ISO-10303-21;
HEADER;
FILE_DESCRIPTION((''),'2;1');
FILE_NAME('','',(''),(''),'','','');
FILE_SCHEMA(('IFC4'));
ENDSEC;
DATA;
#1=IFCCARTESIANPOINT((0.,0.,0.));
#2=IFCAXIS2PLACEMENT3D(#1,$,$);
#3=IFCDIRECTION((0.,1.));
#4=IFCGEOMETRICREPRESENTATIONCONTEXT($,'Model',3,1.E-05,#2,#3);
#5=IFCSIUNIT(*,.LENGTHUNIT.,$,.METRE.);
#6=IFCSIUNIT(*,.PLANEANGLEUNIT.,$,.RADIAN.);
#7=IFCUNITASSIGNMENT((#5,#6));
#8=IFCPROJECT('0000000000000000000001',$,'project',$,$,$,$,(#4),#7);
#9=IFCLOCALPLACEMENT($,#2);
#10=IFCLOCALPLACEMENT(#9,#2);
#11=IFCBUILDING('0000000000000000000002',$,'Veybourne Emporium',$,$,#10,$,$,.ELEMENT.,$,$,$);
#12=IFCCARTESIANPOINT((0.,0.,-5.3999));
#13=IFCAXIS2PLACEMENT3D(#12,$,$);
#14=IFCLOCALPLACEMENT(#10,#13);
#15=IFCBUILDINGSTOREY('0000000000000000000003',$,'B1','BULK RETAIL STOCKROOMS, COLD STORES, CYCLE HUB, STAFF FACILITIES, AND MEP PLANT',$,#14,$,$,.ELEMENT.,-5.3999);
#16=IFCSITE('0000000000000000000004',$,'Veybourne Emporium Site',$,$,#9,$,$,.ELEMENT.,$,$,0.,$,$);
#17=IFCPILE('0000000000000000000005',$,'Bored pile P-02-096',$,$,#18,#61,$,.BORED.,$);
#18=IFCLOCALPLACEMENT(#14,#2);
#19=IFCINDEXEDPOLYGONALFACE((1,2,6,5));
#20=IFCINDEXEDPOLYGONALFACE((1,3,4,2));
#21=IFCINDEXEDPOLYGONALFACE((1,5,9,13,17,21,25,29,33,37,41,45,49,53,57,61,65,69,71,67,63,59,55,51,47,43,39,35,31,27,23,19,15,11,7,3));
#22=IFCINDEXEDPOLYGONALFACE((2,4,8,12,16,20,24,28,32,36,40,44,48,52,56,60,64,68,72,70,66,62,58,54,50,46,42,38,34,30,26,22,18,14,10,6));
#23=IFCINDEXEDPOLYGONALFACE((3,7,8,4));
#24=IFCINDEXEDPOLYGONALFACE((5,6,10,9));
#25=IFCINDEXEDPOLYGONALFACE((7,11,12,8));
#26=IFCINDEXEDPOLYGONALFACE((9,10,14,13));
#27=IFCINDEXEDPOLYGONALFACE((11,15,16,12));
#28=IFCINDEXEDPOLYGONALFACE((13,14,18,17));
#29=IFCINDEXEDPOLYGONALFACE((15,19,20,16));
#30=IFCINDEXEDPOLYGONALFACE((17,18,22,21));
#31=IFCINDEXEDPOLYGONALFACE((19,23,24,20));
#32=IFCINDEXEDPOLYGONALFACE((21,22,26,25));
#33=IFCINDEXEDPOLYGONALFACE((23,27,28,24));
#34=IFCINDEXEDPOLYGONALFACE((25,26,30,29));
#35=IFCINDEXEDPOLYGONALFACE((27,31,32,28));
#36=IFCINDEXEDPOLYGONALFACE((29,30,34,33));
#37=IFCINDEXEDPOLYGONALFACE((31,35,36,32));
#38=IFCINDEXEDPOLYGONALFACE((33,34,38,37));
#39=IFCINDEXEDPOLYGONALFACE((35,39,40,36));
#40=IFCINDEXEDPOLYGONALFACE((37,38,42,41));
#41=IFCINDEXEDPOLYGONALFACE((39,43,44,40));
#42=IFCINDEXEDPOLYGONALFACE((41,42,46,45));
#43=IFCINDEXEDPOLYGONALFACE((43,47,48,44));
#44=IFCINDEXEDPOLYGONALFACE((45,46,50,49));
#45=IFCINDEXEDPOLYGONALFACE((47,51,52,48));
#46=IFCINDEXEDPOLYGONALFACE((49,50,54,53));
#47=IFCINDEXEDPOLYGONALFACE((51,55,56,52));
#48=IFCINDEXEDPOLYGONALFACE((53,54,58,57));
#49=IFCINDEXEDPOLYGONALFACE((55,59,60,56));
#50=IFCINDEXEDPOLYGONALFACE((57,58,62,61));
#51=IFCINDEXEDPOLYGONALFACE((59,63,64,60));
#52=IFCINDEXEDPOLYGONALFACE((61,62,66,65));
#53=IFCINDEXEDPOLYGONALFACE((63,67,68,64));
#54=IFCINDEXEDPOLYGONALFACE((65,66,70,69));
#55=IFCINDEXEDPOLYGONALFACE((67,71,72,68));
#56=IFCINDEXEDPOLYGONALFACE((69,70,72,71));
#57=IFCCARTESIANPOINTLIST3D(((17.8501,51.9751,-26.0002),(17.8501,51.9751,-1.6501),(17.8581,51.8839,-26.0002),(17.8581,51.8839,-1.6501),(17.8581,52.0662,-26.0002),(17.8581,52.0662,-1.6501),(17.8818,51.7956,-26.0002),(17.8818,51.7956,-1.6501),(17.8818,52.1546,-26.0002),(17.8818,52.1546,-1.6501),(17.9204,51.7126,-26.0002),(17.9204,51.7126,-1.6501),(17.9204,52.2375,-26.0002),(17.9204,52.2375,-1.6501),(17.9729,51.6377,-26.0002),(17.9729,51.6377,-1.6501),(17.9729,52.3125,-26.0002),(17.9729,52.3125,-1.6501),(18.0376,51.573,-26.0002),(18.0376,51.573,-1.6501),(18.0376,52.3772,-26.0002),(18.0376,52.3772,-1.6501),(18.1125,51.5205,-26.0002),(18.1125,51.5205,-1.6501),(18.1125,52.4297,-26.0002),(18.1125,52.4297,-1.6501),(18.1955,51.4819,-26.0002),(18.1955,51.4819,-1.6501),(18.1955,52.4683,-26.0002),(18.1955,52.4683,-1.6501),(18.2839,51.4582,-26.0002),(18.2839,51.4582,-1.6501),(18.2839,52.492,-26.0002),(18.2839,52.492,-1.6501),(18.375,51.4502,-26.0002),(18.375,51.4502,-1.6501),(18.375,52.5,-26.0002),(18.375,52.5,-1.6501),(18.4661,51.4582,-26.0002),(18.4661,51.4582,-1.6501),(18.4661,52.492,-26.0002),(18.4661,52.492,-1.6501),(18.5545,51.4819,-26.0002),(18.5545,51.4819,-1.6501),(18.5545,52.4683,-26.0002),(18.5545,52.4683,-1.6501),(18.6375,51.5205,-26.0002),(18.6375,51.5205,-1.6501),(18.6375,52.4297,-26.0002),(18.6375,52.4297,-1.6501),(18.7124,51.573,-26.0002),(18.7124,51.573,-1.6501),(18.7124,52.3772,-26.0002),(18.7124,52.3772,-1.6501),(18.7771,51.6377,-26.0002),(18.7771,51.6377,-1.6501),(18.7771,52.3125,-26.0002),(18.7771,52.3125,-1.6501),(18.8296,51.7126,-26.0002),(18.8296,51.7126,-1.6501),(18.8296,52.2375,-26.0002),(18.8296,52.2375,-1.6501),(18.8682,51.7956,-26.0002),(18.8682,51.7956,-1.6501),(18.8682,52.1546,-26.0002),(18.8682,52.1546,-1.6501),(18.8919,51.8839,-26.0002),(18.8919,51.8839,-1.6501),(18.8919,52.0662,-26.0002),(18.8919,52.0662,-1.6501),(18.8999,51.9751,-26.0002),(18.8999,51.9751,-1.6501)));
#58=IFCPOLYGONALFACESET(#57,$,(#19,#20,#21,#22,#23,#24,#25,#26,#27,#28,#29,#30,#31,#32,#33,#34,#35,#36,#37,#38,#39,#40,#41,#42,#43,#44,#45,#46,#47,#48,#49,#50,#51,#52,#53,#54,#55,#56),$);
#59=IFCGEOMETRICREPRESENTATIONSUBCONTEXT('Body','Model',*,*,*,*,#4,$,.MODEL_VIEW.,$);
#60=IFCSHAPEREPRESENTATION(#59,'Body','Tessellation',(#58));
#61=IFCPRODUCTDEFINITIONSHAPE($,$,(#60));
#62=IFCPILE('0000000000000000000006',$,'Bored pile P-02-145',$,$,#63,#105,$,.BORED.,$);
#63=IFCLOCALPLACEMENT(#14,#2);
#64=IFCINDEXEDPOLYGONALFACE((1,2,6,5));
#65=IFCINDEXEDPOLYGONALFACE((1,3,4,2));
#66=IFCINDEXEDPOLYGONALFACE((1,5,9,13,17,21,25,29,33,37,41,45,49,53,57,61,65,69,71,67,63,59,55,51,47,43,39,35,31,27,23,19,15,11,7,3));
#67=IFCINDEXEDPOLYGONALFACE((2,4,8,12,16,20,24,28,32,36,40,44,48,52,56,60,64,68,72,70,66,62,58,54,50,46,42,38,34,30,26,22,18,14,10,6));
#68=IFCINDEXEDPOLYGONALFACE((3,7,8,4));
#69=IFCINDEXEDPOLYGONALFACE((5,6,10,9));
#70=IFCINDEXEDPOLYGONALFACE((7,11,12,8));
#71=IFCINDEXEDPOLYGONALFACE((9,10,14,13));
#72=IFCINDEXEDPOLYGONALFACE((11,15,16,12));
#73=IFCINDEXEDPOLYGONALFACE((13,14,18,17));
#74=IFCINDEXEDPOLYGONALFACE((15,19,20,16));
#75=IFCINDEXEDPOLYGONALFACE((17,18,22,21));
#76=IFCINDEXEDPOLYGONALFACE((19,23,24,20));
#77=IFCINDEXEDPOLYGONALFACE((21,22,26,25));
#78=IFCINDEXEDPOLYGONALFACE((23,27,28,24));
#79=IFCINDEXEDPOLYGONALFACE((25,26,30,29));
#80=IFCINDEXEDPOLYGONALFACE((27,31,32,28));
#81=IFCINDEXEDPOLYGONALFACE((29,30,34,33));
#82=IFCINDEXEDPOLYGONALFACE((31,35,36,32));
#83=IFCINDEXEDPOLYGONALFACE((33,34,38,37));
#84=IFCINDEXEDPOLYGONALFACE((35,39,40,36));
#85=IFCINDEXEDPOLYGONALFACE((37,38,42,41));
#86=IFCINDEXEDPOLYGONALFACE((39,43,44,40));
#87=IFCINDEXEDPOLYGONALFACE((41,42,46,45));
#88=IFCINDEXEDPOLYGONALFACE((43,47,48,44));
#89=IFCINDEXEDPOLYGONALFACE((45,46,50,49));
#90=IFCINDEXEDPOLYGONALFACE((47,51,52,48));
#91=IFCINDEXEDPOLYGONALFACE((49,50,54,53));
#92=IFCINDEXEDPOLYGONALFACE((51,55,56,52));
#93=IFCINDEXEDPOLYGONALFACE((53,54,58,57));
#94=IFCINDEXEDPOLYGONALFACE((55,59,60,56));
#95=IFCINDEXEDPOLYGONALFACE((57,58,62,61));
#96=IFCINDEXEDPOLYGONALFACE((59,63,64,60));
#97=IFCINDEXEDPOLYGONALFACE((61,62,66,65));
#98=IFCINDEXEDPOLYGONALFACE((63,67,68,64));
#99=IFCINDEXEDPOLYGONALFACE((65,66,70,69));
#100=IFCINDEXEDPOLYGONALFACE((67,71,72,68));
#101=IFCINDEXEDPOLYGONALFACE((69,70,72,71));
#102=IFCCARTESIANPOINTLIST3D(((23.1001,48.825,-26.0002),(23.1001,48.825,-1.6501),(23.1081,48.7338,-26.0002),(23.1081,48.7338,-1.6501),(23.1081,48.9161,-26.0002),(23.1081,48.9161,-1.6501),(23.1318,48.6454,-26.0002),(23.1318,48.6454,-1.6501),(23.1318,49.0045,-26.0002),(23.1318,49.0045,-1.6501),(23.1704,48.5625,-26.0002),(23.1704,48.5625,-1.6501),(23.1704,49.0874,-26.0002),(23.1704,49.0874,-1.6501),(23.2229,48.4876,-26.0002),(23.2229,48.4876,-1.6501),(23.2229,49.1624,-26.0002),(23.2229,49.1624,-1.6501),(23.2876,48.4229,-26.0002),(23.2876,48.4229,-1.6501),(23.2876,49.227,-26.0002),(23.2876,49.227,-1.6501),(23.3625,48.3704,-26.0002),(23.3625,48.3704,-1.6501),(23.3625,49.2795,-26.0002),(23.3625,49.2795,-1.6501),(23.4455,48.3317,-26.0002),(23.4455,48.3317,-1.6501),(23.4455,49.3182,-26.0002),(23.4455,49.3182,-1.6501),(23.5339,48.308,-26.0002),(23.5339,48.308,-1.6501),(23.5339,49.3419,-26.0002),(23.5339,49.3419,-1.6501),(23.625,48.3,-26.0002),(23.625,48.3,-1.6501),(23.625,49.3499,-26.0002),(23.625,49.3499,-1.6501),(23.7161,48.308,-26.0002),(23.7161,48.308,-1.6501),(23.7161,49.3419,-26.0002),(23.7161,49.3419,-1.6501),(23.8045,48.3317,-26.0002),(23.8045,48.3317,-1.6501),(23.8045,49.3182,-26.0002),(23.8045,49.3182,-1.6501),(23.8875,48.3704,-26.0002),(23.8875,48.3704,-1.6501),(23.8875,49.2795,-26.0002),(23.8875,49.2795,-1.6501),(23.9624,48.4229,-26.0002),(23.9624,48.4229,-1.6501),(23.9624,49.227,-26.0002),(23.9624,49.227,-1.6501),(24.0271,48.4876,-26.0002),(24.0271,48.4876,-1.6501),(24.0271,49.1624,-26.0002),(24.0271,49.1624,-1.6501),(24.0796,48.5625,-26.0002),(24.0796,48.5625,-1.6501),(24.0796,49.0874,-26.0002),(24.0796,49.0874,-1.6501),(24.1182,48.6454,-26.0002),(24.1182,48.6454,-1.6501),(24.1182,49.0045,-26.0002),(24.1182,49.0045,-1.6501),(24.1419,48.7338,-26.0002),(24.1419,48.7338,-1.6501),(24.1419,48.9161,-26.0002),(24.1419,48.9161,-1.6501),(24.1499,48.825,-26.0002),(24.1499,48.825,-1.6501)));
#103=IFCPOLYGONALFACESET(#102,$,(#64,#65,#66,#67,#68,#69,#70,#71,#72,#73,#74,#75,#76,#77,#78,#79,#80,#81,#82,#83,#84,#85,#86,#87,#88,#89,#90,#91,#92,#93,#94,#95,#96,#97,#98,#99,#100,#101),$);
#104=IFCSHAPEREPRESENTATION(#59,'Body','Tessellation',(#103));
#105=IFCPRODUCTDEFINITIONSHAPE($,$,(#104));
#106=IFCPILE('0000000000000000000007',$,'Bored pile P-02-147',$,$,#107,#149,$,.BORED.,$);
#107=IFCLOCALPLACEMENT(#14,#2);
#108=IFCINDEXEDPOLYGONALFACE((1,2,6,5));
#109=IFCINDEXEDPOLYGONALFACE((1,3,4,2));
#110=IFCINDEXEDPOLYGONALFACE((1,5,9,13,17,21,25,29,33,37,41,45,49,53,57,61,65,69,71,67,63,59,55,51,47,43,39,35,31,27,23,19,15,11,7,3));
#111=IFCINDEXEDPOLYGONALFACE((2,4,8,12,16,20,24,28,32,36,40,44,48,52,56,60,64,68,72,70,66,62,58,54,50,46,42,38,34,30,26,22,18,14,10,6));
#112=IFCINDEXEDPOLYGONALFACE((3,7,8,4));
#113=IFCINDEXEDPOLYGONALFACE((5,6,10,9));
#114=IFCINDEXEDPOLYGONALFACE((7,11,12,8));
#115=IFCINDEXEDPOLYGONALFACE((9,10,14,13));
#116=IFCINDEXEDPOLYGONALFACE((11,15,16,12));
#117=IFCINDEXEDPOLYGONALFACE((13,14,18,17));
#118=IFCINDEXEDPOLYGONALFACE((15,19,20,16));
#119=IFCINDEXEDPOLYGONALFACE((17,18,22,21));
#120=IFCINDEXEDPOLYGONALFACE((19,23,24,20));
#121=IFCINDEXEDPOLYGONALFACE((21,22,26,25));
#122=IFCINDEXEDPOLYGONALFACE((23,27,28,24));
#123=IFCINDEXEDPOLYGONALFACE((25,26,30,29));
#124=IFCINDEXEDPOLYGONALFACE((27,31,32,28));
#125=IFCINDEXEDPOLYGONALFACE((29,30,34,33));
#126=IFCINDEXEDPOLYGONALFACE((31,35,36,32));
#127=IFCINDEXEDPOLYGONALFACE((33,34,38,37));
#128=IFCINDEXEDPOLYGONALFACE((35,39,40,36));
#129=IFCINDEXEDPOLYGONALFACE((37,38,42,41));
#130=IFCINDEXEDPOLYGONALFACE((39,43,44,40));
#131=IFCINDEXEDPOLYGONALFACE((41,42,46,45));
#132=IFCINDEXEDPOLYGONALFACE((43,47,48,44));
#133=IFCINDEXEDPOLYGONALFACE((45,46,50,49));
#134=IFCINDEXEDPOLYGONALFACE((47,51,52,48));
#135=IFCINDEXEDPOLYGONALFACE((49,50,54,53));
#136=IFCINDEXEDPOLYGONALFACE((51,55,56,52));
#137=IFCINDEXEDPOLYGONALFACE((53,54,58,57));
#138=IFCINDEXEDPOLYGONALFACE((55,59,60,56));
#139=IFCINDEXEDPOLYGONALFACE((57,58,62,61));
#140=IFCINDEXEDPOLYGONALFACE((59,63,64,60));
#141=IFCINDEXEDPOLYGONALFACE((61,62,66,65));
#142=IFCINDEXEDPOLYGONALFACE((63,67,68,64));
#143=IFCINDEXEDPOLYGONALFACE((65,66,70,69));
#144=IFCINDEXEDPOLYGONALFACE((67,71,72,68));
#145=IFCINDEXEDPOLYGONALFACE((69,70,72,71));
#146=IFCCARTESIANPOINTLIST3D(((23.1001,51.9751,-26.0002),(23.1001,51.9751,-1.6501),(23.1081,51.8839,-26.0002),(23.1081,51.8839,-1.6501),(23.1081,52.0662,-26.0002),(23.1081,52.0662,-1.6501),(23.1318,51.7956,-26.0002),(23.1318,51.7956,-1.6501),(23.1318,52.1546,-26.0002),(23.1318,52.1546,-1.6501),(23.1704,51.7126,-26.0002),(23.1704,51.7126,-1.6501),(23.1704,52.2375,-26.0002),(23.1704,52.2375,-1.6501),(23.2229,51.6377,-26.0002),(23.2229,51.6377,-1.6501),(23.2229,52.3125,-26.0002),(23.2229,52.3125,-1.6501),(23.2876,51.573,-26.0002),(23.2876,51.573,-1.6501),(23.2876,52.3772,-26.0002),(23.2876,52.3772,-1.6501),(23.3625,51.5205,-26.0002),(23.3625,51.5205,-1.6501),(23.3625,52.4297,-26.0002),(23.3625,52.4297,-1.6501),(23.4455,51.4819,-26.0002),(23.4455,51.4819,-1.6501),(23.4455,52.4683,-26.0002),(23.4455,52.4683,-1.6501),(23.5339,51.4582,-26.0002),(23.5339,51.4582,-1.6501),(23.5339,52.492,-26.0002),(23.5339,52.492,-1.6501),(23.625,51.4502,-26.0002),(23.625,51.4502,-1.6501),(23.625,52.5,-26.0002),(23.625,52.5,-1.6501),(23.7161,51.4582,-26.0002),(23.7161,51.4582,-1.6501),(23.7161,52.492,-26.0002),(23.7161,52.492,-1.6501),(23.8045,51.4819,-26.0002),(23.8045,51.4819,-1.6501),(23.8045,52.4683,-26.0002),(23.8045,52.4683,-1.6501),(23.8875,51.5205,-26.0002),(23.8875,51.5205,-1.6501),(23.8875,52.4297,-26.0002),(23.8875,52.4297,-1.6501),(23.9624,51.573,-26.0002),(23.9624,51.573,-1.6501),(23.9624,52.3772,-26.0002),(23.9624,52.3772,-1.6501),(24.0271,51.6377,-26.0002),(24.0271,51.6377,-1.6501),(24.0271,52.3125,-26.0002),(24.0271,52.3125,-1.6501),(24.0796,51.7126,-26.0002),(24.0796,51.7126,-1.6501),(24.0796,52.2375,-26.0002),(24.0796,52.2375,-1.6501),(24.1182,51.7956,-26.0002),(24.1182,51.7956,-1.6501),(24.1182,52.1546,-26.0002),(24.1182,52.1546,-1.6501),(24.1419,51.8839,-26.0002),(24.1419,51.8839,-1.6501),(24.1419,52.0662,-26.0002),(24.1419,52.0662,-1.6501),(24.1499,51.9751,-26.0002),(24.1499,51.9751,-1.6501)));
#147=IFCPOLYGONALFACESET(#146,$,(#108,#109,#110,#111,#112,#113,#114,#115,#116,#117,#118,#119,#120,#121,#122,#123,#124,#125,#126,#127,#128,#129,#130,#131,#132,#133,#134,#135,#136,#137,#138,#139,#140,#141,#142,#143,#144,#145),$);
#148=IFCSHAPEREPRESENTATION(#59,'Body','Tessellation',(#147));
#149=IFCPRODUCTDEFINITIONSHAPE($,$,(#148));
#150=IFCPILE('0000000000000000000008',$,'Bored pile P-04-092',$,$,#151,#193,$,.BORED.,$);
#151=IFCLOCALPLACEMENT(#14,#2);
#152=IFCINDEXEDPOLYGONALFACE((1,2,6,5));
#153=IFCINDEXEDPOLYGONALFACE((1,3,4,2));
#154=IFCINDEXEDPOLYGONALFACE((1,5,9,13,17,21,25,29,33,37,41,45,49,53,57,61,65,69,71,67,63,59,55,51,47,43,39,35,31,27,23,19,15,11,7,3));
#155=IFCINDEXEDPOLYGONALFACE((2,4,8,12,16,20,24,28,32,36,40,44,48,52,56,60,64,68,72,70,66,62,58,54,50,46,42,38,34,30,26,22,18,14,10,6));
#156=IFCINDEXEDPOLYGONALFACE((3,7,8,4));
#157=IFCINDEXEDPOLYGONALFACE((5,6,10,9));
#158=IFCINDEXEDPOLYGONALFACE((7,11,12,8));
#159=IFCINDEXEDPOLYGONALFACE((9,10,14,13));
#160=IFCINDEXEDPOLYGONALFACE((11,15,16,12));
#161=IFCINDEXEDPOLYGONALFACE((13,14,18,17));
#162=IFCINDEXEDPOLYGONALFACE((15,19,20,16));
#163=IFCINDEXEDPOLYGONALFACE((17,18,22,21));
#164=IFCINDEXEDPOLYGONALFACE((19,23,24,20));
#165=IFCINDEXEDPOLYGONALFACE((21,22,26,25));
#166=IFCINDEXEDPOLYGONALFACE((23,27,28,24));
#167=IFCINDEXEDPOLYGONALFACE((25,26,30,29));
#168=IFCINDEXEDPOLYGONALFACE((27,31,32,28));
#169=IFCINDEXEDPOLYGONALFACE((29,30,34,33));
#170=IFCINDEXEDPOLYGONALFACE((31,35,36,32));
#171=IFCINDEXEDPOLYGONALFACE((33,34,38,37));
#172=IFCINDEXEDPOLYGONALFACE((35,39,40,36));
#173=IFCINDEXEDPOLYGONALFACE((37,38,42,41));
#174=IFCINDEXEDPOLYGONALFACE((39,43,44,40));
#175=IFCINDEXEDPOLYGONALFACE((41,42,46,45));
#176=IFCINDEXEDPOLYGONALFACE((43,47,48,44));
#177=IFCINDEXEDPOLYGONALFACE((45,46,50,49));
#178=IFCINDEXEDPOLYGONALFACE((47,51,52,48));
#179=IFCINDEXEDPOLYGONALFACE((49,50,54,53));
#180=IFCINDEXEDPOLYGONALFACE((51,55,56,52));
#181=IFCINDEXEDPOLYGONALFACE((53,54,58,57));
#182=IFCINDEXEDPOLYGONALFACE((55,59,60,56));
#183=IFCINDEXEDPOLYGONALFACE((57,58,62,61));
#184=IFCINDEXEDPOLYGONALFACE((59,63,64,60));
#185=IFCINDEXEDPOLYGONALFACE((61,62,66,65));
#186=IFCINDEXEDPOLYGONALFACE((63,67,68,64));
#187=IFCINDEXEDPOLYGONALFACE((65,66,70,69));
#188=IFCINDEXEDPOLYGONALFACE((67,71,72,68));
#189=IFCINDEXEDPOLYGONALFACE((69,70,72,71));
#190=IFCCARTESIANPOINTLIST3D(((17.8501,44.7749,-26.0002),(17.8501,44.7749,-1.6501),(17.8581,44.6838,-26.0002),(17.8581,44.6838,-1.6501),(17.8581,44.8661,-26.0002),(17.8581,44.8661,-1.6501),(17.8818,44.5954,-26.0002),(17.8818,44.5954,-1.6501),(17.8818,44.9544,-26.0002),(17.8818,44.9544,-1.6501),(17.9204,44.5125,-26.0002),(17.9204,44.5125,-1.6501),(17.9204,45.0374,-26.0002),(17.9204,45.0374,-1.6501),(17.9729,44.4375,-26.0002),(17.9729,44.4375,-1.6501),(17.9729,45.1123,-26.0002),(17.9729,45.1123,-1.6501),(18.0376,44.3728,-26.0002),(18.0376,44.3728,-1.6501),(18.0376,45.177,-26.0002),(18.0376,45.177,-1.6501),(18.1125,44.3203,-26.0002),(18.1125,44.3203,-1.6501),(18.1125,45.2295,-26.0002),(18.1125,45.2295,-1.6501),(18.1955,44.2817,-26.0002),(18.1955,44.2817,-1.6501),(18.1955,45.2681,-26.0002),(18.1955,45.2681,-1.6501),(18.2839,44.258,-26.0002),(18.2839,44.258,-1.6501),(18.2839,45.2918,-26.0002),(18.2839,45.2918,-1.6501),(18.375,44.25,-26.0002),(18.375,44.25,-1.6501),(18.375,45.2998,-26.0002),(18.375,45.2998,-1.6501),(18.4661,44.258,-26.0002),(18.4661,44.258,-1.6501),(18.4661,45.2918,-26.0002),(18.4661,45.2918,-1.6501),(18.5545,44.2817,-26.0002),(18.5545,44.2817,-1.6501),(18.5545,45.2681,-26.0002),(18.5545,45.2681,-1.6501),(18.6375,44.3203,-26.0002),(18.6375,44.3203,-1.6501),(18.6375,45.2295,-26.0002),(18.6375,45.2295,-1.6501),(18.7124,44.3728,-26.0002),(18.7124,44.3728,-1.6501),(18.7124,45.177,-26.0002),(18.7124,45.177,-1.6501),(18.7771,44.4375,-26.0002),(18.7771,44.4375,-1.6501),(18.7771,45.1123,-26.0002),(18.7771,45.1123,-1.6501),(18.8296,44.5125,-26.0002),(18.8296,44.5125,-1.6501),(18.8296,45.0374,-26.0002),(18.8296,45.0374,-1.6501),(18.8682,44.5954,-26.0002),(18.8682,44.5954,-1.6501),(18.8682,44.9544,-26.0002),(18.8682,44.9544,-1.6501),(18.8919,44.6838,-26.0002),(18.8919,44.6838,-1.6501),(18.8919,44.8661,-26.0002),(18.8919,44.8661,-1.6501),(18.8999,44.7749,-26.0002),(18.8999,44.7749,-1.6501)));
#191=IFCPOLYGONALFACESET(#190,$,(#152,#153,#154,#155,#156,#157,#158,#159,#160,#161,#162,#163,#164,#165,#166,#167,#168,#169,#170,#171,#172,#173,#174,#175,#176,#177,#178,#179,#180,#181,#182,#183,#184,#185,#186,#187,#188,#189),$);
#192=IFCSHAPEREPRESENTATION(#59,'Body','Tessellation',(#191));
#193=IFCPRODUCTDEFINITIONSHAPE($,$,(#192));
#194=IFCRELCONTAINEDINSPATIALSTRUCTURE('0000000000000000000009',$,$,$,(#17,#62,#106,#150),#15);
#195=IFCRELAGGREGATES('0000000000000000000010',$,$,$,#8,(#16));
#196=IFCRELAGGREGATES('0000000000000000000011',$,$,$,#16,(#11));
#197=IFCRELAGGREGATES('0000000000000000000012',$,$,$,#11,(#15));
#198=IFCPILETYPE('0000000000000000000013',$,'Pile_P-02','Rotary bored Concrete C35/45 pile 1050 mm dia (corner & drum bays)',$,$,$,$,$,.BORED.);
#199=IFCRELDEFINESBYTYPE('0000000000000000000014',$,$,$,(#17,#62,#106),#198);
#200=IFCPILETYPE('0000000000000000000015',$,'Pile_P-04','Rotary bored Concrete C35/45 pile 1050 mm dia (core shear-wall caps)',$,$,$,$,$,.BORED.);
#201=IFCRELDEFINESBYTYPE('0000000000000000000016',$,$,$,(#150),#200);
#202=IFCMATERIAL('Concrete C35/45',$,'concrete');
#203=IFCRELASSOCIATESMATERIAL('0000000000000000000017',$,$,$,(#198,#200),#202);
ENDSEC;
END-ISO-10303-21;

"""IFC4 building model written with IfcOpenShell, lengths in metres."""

from ifc_helpers import new_model, si_unit, direction, frame, origin, origin_2d, place, context, subcontext, project, spatial, circle, extrude, material, material_profile, profile_set, type_object, element, save


model = new_model("IFC4")

# Units and contexts
model_context = context("Model", 3, precision=1e-05, world=origin(), true_north=direction((0.0, 1.0)))
body_context = subcontext(model_context, "Body", "Model", "MODEL_VIEW")
ifc_project = project(units=[si_unit("LENGTHUNIT", "METRE"), si_unit("PLANEANGLEUNIT", "RADIAN")], contexts=[model_context])

# Site, building, storey
site_placement = place(None, origin())
site = spatial("IfcSite", under=ifc_project, at=site_placement, Name="Veybourne Emporium Site", CompositionType="ELEMENT", RefElevation=0.0)
building_placement = place(site_placement, origin())
building = spatial("IfcBuilding", under=site, at=building_placement, Name="Veybourne Emporium", CompositionType="ELEMENT")
storey_placement = place(building_placement, frame((0.0, 0.0, -5.3999)))
storey = spatial("IfcBuildingStorey", under=building, at=storey_placement, Name="B1", Description="BULK RETAIL STOCKROOMS, COLD STORES, CYCLE HUB, STAFF FACILITIES, AND MEP PLANT", CompositionType="ELEMENT", Elevation=-5.3999)

# Shared definitions
ifc_material_1 = material(Name="Concrete C35/45", Category="concrete")

# Piles
ifc_material_profile_1 = material_profile(ifc_material_1, circle(Radius=0.5249, at=origin_2d()), Name="BORED PILE 1050")
ifc_profile_set_1 = profile_set([ifc_material_profile_1], Name="Concrete C35/45")
pile_type_1 = type_object("IfcPileType", Name="Pile_P-02", Description="Rotary bored Concrete C35/45 pile 1050 mm dia (corner & drum bays)", PredefinedType="BORED", material=ifc_profile_set_1)
for number, where, z_axis, x_axis, name in (
    (1, (18.375, 51.9751, -1.6501), (0.0, 0.0, -1.0), (1.0, 0.0, 0.0), "Bored pile P-02-096"),
    (2, (23.625, 48.825, -1.6501), (0.0, 0.0, -1.0), (1.0, 0.0, 0.0), "Bored pile P-02-145"),
    (3, (23.625, 51.9751, -1.6501), (0.0, 0.0, -1.0), (1.0, 0.0, 0.0), "Bored pile P-02-147"),
):
    element("IfcPile", number, at=place(storey_placement, frame(where, z_axis=z_axis, x_axis=x_axis)), inside=storey, type_object=pile_type_1, Name=name, PredefinedType="BORED", context=body_context, shape_type="SweptSolid", body=[
        extrude(circle(Radius=0.5249, at=origin_2d()), origin(), (0.0, 0.0, 1.0), 24.3501),
    ])
ifc_material_profile_2 = material_profile(ifc_material_1, circle(Radius=0.5249, at=origin_2d()), Name="BORED PILE 1050")
ifc_profile_set_2 = profile_set([ifc_material_profile_2], Name="Concrete C35/45")
pile_type_2 = type_object("IfcPileType", Name="Pile_P-04", Description="Rotary bored Concrete C35/45 pile 1050 mm dia (core shear-wall caps)", PredefinedType="BORED", material=ifc_profile_set_2)
for number, where, z_axis, x_axis, name in (
    (4, (18.375, 44.7749, -1.6501), (0.0, 0.0, -1.0), (1.0, 0.0, 0.0), "Bored pile P-04-092"),
):
    element("IfcPile", number, at=place(storey_placement, frame(where, z_axis=z_axis, x_axis=x_axis)), inside=storey, type_object=pile_type_2, Name=name, PredefinedType="BORED", context=body_context, shape_type="SweptSolid", body=[
        extrude(circle(Radius=0.5249, at=origin_2d()), origin(), (0.0, 0.0, 1.0), 24.3501),
    ])

save(model, "model.ifc")
